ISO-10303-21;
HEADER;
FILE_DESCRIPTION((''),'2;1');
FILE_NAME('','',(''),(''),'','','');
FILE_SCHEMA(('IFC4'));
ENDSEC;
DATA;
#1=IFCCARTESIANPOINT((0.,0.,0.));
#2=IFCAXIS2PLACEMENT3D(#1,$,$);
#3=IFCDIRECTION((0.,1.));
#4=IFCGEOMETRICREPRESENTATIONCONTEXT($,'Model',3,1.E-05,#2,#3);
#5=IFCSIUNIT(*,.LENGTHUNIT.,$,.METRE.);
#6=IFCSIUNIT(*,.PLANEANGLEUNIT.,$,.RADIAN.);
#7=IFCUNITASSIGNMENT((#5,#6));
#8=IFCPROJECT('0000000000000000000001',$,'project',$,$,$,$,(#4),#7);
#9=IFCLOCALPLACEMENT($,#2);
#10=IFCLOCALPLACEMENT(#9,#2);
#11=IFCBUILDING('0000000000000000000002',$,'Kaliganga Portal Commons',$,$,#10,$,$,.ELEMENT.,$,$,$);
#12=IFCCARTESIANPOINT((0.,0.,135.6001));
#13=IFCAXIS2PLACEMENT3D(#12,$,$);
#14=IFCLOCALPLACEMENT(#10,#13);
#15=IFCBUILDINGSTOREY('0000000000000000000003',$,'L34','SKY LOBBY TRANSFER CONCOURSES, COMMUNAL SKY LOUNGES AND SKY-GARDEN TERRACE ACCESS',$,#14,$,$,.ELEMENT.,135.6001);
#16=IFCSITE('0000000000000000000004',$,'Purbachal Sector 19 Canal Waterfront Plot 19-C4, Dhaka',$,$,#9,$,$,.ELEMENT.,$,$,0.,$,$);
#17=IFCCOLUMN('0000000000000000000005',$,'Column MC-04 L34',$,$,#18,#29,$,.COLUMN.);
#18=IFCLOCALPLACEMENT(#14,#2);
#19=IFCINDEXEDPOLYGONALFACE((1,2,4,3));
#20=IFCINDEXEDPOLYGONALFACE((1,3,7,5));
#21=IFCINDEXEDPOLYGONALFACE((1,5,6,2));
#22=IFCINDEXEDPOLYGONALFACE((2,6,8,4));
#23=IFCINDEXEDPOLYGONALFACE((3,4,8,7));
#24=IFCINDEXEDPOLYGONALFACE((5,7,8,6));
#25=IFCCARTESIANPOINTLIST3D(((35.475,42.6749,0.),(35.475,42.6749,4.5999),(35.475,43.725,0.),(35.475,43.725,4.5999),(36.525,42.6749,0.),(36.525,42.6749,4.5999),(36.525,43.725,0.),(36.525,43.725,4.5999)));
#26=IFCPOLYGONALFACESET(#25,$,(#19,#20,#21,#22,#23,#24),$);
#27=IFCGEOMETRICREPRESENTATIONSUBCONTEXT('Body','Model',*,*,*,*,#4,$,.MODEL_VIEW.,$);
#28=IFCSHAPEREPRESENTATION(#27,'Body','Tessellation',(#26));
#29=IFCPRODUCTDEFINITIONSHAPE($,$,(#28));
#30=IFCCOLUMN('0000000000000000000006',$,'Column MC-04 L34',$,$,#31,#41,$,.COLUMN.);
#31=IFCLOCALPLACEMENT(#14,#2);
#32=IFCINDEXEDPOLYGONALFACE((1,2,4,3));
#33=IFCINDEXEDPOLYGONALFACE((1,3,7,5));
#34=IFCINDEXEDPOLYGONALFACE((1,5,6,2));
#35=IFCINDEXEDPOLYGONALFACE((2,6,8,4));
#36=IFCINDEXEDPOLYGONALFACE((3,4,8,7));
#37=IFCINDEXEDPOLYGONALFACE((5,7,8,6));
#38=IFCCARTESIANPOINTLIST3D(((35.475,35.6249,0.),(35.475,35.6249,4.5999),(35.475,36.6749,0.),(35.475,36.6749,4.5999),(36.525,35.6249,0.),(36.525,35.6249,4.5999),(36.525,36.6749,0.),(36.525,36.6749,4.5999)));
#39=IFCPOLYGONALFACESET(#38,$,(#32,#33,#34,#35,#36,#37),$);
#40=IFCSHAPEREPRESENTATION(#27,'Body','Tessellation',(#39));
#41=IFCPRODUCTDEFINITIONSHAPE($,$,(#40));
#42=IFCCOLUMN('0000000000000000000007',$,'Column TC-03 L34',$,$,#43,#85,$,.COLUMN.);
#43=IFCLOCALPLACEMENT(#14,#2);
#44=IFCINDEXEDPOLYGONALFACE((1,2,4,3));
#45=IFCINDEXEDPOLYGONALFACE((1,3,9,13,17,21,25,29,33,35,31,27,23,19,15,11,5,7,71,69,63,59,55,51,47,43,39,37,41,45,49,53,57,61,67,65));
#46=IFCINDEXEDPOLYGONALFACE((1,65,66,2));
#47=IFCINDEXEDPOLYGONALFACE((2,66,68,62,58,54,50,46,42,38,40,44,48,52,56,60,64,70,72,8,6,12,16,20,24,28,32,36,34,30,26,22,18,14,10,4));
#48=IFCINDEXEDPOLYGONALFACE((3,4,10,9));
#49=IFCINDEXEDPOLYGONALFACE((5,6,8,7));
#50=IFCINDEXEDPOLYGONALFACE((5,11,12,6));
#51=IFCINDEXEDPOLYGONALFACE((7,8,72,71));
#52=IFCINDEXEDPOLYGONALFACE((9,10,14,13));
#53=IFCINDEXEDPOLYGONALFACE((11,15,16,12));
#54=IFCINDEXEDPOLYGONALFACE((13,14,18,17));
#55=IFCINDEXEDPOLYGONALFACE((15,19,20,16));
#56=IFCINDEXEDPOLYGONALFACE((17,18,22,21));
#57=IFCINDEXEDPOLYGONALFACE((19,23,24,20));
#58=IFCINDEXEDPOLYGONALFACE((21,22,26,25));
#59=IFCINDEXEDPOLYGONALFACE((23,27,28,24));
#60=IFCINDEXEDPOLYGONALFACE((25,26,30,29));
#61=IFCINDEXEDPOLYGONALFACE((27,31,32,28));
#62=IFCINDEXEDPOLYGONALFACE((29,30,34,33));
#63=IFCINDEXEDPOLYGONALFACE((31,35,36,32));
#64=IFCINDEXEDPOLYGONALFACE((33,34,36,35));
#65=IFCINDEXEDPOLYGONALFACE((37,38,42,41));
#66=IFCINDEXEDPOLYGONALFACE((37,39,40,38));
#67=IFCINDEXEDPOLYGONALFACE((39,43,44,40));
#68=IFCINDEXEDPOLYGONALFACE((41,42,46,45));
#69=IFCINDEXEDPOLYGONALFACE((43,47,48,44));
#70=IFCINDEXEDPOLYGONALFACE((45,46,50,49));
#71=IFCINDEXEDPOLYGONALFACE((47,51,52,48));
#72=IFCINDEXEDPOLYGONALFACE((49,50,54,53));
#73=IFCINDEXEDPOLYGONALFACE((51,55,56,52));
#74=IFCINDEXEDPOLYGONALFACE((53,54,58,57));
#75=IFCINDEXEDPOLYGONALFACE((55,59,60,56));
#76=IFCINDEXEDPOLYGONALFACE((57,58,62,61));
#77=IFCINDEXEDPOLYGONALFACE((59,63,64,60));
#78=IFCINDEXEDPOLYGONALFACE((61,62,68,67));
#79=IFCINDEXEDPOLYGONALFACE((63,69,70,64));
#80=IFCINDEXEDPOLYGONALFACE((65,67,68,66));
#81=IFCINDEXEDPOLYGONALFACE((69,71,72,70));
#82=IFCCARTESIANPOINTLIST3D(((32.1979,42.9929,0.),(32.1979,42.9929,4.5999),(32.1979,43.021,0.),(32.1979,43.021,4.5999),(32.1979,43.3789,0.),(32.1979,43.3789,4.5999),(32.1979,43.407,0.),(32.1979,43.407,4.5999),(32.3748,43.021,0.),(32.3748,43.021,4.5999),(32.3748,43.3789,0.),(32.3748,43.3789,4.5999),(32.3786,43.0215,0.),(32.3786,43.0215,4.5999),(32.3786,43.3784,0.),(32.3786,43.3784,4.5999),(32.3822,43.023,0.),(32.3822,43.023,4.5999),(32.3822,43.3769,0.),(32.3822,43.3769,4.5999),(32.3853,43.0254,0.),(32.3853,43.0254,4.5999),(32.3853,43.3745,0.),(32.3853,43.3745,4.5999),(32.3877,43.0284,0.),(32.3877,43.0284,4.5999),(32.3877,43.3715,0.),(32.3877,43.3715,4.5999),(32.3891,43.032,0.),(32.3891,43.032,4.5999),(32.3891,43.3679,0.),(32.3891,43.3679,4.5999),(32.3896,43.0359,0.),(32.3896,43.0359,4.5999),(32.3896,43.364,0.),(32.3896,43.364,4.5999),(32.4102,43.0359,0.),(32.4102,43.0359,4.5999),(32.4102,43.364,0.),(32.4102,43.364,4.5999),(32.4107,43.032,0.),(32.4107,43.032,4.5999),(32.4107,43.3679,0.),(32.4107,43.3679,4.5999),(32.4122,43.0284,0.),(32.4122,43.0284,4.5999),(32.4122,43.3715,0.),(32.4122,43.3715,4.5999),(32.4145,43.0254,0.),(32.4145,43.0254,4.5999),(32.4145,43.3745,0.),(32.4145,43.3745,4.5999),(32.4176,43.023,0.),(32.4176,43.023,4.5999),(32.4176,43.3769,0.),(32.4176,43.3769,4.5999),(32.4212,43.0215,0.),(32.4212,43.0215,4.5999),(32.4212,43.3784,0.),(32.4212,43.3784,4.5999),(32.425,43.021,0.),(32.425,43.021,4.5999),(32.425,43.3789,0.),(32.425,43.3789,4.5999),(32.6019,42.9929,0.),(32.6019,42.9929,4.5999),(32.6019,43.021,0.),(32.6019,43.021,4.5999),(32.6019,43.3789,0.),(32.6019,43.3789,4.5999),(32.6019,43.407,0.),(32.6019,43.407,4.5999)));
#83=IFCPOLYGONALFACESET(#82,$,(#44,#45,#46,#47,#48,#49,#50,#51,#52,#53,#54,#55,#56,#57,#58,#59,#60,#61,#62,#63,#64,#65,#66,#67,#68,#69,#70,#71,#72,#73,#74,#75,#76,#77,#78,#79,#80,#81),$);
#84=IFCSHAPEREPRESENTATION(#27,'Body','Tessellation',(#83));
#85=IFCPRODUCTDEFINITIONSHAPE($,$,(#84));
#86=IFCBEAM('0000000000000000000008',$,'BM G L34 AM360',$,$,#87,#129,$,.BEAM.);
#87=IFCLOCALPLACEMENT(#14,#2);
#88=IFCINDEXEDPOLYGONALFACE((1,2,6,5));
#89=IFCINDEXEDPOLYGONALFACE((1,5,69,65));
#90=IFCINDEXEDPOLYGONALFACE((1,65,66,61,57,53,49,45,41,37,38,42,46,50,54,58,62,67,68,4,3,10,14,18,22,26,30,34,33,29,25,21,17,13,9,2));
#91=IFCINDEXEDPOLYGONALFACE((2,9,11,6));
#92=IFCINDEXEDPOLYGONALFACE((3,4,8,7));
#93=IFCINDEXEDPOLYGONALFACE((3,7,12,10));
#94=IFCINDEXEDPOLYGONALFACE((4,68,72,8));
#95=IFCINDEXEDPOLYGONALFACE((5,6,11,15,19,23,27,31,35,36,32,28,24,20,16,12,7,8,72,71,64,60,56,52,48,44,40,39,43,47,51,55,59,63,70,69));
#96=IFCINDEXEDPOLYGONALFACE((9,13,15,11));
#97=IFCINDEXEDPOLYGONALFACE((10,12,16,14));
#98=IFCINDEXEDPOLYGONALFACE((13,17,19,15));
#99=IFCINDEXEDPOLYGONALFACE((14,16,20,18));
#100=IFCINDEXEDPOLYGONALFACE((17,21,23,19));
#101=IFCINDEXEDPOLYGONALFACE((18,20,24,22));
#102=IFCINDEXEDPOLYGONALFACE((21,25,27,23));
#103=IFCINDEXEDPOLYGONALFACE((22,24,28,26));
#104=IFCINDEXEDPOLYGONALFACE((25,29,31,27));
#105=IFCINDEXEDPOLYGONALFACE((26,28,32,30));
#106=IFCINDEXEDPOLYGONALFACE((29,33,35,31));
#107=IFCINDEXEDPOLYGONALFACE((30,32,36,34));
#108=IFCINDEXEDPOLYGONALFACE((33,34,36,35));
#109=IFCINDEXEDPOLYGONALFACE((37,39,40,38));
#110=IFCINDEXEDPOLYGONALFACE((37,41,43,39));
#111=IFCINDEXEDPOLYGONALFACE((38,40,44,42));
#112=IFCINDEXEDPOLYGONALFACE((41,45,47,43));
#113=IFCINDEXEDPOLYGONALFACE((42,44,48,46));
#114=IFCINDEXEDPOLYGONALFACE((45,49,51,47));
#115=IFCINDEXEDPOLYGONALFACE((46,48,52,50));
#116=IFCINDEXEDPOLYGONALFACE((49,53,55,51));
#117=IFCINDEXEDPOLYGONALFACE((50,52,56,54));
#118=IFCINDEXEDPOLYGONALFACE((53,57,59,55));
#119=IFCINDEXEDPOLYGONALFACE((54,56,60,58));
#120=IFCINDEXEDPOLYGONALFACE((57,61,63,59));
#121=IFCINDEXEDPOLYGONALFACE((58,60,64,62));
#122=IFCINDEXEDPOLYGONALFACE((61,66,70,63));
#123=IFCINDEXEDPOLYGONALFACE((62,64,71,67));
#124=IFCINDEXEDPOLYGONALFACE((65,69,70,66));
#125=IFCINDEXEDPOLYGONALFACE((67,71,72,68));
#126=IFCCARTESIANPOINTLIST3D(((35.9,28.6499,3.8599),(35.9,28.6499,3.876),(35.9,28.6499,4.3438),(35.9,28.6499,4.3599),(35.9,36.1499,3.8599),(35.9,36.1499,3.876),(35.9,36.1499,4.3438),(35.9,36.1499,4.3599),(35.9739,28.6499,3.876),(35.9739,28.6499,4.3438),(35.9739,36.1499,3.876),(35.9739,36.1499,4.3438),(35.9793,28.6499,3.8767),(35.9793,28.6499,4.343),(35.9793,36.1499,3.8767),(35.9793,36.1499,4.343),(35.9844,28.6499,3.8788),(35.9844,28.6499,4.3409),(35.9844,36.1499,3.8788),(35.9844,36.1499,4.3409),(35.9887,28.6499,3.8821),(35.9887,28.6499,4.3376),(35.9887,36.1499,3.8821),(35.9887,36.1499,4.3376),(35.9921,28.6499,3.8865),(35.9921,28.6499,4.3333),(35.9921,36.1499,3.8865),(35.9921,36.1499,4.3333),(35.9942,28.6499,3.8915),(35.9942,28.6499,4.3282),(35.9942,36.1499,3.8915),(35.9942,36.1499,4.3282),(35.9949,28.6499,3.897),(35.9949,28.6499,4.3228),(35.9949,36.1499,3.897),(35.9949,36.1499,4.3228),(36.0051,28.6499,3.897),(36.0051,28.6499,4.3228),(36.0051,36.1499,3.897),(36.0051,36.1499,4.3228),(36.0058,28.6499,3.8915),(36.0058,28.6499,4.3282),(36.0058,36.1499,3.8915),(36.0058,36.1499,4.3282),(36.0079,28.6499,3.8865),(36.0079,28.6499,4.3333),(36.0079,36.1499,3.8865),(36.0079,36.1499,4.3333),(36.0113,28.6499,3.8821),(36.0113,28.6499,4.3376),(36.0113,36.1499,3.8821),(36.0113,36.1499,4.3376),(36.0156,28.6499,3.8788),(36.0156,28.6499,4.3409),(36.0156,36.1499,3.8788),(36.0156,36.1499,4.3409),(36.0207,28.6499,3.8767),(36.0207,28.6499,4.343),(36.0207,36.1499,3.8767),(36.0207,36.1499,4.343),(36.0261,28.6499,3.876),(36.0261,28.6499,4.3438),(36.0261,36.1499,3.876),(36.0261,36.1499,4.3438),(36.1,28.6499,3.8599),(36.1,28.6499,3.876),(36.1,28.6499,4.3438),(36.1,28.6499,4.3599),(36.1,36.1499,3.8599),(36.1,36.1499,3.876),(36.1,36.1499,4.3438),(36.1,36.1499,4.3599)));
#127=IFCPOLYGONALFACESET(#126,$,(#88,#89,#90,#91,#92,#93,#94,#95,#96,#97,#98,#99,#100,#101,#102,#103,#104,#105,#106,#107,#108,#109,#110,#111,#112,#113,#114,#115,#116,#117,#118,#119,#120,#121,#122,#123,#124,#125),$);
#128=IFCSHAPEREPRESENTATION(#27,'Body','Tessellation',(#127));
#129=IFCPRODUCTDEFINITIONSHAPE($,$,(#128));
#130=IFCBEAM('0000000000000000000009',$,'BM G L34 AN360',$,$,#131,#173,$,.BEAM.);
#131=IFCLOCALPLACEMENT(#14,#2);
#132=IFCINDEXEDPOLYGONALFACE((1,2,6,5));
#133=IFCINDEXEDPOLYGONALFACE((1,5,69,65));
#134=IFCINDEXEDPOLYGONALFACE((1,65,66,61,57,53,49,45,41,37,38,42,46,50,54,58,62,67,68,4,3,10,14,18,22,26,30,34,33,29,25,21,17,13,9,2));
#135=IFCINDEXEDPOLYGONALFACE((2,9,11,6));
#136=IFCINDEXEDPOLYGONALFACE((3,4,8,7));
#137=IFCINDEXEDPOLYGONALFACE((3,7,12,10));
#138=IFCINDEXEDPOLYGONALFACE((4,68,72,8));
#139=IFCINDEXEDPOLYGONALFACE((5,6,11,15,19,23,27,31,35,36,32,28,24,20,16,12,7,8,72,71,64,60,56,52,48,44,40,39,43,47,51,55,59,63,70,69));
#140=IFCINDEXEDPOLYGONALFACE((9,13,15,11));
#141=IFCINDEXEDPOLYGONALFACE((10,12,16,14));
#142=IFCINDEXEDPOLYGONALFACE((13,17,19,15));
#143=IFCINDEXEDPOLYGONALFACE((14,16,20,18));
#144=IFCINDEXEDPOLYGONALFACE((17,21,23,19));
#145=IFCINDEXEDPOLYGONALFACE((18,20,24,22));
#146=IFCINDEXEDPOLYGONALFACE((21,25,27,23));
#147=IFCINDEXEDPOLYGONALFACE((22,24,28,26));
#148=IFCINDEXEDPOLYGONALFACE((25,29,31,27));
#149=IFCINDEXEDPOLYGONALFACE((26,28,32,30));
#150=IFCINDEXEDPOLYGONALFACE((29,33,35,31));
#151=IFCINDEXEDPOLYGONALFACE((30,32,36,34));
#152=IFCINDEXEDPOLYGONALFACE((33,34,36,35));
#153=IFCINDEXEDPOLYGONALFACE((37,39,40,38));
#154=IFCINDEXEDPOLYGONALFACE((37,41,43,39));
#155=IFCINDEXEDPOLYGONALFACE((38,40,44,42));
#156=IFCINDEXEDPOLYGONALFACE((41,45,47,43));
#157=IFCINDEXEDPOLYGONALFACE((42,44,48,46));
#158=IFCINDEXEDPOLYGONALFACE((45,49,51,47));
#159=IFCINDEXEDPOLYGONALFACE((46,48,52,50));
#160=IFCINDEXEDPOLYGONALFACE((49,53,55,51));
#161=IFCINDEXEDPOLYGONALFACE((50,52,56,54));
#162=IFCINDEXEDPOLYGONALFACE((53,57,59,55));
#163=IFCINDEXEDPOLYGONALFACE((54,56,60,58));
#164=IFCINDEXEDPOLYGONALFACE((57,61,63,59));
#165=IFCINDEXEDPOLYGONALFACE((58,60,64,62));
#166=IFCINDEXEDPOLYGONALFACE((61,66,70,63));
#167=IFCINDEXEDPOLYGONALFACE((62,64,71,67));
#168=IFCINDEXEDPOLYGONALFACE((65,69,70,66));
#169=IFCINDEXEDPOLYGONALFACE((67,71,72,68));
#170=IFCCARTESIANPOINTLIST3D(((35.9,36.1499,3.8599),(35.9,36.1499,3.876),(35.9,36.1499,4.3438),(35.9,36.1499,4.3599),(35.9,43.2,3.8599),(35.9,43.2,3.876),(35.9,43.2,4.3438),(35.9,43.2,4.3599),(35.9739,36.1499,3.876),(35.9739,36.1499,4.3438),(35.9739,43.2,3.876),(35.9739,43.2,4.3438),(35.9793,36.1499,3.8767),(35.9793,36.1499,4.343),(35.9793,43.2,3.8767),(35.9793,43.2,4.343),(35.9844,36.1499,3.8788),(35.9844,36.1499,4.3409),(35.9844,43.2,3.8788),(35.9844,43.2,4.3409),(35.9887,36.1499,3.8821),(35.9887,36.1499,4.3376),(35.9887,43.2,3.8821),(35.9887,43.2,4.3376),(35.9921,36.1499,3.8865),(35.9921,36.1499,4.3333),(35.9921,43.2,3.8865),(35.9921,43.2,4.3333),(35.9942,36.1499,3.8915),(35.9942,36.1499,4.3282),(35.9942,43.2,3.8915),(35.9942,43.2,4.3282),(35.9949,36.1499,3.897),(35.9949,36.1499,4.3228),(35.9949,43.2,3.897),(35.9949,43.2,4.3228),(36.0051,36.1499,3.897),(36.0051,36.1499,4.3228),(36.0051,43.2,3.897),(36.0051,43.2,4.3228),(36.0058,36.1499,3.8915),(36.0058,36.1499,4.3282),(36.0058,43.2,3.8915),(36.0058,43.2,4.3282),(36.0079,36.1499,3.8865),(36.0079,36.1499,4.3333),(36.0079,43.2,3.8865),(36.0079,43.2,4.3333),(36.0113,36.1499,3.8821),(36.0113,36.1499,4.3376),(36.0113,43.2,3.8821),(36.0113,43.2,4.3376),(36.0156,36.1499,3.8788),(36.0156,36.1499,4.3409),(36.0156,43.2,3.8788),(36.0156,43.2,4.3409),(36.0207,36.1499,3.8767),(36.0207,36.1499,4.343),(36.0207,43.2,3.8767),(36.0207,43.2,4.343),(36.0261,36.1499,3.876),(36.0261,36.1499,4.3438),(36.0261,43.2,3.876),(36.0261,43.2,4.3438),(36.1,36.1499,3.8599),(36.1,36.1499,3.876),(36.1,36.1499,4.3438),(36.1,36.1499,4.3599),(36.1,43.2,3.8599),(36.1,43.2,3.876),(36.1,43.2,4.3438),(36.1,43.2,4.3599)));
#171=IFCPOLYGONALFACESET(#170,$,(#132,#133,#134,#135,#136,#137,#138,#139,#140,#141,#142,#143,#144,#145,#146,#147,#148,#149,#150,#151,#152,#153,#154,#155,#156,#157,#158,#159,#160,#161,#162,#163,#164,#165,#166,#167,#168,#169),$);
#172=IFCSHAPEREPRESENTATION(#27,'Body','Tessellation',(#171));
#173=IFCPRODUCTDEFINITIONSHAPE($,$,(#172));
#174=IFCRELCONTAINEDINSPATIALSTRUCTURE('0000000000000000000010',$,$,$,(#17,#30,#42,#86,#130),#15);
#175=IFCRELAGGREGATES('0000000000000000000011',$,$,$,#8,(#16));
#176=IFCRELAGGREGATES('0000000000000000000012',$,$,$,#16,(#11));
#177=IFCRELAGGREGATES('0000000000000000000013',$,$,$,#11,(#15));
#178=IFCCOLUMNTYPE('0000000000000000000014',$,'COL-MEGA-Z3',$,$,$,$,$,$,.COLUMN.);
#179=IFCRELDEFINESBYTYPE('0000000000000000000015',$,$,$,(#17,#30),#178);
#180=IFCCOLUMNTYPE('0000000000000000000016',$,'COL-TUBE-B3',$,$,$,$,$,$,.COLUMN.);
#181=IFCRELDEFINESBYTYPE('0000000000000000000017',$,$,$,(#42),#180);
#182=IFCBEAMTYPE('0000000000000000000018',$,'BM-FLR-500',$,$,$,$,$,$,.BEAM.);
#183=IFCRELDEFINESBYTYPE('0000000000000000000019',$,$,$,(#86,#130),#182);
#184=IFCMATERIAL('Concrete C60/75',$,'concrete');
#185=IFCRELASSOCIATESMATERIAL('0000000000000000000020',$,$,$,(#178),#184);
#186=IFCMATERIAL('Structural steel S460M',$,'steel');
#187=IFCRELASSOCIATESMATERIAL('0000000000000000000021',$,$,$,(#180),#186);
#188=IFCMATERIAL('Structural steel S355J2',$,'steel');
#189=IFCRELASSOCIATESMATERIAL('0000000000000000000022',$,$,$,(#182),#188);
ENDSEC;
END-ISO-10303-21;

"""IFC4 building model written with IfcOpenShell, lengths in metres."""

from ifc_helpers import new_model, si_unit, direction, frame, origin, origin_2d, place, context, subcontext, project, spatial, rectangle, i_section, extrude, source, transform, mapped, material, material_profile, profile_set, type_object, element, save


model = new_model("IFC4")

# Units and contexts
model_context = context("Model", 3, precision=1e-05, world=origin(), true_north=direction((0.0, 1.0)))
body_context = subcontext(model_context, "Body", "Model", "MODEL_VIEW")
ifc_project = project(units=[si_unit("LENGTHUNIT", "METRE"), si_unit("PLANEANGLEUNIT", "RADIAN")], contexts=[model_context])

# Site, building, storey
site_placement = place(None, origin())
site = spatial("IfcSite", under=ifc_project, at=site_placement, Name="Purbachal Sector 19 Canal Waterfront Plot 19-C4, Dhaka", CompositionType="ELEMENT", RefElevation=0.0)
building_placement = place(site_placement, origin())
building = spatial("IfcBuilding", under=site, at=building_placement, Name="Kaliganga Portal Commons", CompositionType="ELEMENT")
storey_placement = place(building_placement, frame((0.0, 0.0, 135.6001)))
storey = spatial("IfcBuildingStorey", under=building, at=storey_placement, Name="L34", Description="SKY LOBBY TRANSFER CONCOURSES, COMMUNAL SKY LOUNGES AND SKY-GARDEN TERRACE ACCESS", CompositionType="ELEMENT", Elevation=135.6001)

# Columns
ifc_material_1 = material(Name="Concrete C60/75", Category="concrete")
ifc_material_profile_1 = material_profile(ifc_material_1, rectangle(XDim=1.05, YDim=1.05, at=origin_2d()), Name="RC 1050x1050")
ifc_profile_set_1 = profile_set([ifc_material_profile_1], Name="Concrete C60/75")
column_type_1 = type_object("IfcColumnType", Name="COL-MEGA-Z3", PredefinedType="COLUMN", material=ifc_profile_set_1)
shared_shape_1 = source(origin(), body_context, "Body", "SweptSolid", [
    extrude(rectangle(XDim=1.05, YDim=1.05, at=origin_2d()), origin(), (0.0, 0.0, 1.0), 4.5999),
])
for number, where, z_axis, x_axis, name in (
    (1, (36.0, 43.2, 0.0), (0.0, 0.0, 1.0), (1.0, 0.0, 0.0), "Column MC-04 L34"),
    (2, (36.0, 36.1499, 0.0), (0.0, 0.0, 1.0), (1.0, 0.0, 0.0), "Column MC-04 L34"),
):
    element("IfcColumn", number, at=place(storey_placement, frame(where, z_axis=z_axis, x_axis=x_axis)), inside=storey, type_object=column_type_1, Name=name, PredefinedType="COLUMN", context=body_context, shape_type="MappedRepresentation", body=[
        mapped(shared_shape_1, transform((0.0, 0.0, 0.0), x_axis=(1.0, 0.0, 0.0), y_axis=(0.0, 1.0, 0.0), z_axis=(0.0, 0.0, 1.0), scale=1.0)),
    ])
ifc_material_2 = material(Name="Structural steel S460M", Category="steel")
ifc_material_profile_2 = material_profile(ifc_material_2, i_section(OverallWidth=0.4041, OverallDepth=0.4141, WebThickness=0.0205, FlangeThickness=0.0281, FilletRadius=0.0149, at=origin_2d()), Name="HD 400x347")
ifc_profile_set_2 = profile_set([ifc_material_profile_2], Name="Structural steel S460M wide-flange")
column_type_2 = type_object("IfcColumnType", Name="COL-TUBE-B3", PredefinedType="COLUMN", material=ifc_profile_set_2)
shared_shape_2 = source(origin(), body_context, "Body", "SweptSolid", [
    extrude(i_section(OverallWidth=0.4041, OverallDepth=0.4141, WebThickness=0.0205, FlangeThickness=0.0281, FilletRadius=0.0149, at=origin_2d()), origin(), (0.0, 0.0, 1.0), 4.5999),
])
column_placement = place(storey_placement, frame((32.3999, 43.2, 0.0), z_axis=(0.0, 0.0, 1.0), x_axis=(1.0, 0.0, 0.0)))
element("IfcColumn", 3, at=column_placement, inside=storey, type_object=column_type_2, Name="Column TC-03 L34", PredefinedType="COLUMN", context=body_context, shape_type="MappedRepresentation", body=[
    mapped(shared_shape_2, transform((0.0, 0.0, 0.0), x_axis=(1.0, 0.0, 0.0), y_axis=(0.0, 1.0, 0.0), z_axis=(0.0, 0.0, 1.0), scale=1.0)),
])

# Beams
ifc_material_3 = material(Name="Structural steel S355J2", Category="steel")
ifc_material_profile_3 = material_profile(ifc_material_3, i_section(OverallWidth=0.2, OverallDepth=0.5, WebThickness=0.0103, FlangeThickness=0.0161, FilletRadius=0.021, at=origin_2d()), Name="IPE 500")
ifc_profile_set_3 = profile_set([ifc_material_profile_3], Name="Structural steel S355J2 wide-flange")
beam_type_1 = type_object("IfcBeamType", Name="BM-FLR-500", PredefinedType="BEAM", material=ifc_profile_set_3)
shared_shape_3 = source(origin(), body_context, "Body", "SweptSolid", [
    extrude(i_section(OverallWidth=0.2, OverallDepth=0.5, WebThickness=0.0103, FlangeThickness=0.0161, FilletRadius=0.021, at=origin_2d()), origin(), (0.0, 0.0, 1.0), 7.5),
])
beam_1_placement = place(storey_placement, frame((36.0, 28.6499, 4.1099), z_axis=(0.0, 1.0, 0.0), x_axis=(-1.0, 0.0, 0.0)))
element("IfcBeam", 4, at=beam_1_placement, inside=storey, type_object=beam_type_1, Name="BM G L34 AM360", PredefinedType="BEAM", context=body_context, shape_type="MappedRepresentation", body=[
    mapped(shared_shape_3, transform((0.0, 0.0, 0.0), x_axis=(1.0, 0.0, 0.0), y_axis=(0.0, 1.0, 0.0), z_axis=(0.0, 0.0, 1.0), scale=1.0)),
])
shared_shape_4 = source(origin(), body_context, "Body", "SweptSolid", [
    extrude(i_section(OverallWidth=0.2, OverallDepth=0.5, WebThickness=0.0103, FlangeThickness=0.0161, FilletRadius=0.021, at=origin_2d()), origin(), (0.0, 0.0, 1.0), 7.05),
])
beam_2_placement = place(storey_placement, frame((36.0, 36.1499, 4.1099), z_axis=(0.0, 1.0, 0.0), x_axis=(-1.0, 0.0, 0.0)))
element("IfcBeam", 5, at=beam_2_placement, inside=storey, type_object=beam_type_1, Name="BM G L34 AN360", PredefinedType="BEAM", context=body_context, shape_type="MappedRepresentation", body=[
    mapped(shared_shape_4, transform((0.0, 0.0, 0.0), x_axis=(1.0, 0.0, 0.0), y_axis=(0.0, 1.0, 0.0), z_axis=(0.0, 0.0, 1.0), scale=1.0)),
])

save(model, "model.ifc")
